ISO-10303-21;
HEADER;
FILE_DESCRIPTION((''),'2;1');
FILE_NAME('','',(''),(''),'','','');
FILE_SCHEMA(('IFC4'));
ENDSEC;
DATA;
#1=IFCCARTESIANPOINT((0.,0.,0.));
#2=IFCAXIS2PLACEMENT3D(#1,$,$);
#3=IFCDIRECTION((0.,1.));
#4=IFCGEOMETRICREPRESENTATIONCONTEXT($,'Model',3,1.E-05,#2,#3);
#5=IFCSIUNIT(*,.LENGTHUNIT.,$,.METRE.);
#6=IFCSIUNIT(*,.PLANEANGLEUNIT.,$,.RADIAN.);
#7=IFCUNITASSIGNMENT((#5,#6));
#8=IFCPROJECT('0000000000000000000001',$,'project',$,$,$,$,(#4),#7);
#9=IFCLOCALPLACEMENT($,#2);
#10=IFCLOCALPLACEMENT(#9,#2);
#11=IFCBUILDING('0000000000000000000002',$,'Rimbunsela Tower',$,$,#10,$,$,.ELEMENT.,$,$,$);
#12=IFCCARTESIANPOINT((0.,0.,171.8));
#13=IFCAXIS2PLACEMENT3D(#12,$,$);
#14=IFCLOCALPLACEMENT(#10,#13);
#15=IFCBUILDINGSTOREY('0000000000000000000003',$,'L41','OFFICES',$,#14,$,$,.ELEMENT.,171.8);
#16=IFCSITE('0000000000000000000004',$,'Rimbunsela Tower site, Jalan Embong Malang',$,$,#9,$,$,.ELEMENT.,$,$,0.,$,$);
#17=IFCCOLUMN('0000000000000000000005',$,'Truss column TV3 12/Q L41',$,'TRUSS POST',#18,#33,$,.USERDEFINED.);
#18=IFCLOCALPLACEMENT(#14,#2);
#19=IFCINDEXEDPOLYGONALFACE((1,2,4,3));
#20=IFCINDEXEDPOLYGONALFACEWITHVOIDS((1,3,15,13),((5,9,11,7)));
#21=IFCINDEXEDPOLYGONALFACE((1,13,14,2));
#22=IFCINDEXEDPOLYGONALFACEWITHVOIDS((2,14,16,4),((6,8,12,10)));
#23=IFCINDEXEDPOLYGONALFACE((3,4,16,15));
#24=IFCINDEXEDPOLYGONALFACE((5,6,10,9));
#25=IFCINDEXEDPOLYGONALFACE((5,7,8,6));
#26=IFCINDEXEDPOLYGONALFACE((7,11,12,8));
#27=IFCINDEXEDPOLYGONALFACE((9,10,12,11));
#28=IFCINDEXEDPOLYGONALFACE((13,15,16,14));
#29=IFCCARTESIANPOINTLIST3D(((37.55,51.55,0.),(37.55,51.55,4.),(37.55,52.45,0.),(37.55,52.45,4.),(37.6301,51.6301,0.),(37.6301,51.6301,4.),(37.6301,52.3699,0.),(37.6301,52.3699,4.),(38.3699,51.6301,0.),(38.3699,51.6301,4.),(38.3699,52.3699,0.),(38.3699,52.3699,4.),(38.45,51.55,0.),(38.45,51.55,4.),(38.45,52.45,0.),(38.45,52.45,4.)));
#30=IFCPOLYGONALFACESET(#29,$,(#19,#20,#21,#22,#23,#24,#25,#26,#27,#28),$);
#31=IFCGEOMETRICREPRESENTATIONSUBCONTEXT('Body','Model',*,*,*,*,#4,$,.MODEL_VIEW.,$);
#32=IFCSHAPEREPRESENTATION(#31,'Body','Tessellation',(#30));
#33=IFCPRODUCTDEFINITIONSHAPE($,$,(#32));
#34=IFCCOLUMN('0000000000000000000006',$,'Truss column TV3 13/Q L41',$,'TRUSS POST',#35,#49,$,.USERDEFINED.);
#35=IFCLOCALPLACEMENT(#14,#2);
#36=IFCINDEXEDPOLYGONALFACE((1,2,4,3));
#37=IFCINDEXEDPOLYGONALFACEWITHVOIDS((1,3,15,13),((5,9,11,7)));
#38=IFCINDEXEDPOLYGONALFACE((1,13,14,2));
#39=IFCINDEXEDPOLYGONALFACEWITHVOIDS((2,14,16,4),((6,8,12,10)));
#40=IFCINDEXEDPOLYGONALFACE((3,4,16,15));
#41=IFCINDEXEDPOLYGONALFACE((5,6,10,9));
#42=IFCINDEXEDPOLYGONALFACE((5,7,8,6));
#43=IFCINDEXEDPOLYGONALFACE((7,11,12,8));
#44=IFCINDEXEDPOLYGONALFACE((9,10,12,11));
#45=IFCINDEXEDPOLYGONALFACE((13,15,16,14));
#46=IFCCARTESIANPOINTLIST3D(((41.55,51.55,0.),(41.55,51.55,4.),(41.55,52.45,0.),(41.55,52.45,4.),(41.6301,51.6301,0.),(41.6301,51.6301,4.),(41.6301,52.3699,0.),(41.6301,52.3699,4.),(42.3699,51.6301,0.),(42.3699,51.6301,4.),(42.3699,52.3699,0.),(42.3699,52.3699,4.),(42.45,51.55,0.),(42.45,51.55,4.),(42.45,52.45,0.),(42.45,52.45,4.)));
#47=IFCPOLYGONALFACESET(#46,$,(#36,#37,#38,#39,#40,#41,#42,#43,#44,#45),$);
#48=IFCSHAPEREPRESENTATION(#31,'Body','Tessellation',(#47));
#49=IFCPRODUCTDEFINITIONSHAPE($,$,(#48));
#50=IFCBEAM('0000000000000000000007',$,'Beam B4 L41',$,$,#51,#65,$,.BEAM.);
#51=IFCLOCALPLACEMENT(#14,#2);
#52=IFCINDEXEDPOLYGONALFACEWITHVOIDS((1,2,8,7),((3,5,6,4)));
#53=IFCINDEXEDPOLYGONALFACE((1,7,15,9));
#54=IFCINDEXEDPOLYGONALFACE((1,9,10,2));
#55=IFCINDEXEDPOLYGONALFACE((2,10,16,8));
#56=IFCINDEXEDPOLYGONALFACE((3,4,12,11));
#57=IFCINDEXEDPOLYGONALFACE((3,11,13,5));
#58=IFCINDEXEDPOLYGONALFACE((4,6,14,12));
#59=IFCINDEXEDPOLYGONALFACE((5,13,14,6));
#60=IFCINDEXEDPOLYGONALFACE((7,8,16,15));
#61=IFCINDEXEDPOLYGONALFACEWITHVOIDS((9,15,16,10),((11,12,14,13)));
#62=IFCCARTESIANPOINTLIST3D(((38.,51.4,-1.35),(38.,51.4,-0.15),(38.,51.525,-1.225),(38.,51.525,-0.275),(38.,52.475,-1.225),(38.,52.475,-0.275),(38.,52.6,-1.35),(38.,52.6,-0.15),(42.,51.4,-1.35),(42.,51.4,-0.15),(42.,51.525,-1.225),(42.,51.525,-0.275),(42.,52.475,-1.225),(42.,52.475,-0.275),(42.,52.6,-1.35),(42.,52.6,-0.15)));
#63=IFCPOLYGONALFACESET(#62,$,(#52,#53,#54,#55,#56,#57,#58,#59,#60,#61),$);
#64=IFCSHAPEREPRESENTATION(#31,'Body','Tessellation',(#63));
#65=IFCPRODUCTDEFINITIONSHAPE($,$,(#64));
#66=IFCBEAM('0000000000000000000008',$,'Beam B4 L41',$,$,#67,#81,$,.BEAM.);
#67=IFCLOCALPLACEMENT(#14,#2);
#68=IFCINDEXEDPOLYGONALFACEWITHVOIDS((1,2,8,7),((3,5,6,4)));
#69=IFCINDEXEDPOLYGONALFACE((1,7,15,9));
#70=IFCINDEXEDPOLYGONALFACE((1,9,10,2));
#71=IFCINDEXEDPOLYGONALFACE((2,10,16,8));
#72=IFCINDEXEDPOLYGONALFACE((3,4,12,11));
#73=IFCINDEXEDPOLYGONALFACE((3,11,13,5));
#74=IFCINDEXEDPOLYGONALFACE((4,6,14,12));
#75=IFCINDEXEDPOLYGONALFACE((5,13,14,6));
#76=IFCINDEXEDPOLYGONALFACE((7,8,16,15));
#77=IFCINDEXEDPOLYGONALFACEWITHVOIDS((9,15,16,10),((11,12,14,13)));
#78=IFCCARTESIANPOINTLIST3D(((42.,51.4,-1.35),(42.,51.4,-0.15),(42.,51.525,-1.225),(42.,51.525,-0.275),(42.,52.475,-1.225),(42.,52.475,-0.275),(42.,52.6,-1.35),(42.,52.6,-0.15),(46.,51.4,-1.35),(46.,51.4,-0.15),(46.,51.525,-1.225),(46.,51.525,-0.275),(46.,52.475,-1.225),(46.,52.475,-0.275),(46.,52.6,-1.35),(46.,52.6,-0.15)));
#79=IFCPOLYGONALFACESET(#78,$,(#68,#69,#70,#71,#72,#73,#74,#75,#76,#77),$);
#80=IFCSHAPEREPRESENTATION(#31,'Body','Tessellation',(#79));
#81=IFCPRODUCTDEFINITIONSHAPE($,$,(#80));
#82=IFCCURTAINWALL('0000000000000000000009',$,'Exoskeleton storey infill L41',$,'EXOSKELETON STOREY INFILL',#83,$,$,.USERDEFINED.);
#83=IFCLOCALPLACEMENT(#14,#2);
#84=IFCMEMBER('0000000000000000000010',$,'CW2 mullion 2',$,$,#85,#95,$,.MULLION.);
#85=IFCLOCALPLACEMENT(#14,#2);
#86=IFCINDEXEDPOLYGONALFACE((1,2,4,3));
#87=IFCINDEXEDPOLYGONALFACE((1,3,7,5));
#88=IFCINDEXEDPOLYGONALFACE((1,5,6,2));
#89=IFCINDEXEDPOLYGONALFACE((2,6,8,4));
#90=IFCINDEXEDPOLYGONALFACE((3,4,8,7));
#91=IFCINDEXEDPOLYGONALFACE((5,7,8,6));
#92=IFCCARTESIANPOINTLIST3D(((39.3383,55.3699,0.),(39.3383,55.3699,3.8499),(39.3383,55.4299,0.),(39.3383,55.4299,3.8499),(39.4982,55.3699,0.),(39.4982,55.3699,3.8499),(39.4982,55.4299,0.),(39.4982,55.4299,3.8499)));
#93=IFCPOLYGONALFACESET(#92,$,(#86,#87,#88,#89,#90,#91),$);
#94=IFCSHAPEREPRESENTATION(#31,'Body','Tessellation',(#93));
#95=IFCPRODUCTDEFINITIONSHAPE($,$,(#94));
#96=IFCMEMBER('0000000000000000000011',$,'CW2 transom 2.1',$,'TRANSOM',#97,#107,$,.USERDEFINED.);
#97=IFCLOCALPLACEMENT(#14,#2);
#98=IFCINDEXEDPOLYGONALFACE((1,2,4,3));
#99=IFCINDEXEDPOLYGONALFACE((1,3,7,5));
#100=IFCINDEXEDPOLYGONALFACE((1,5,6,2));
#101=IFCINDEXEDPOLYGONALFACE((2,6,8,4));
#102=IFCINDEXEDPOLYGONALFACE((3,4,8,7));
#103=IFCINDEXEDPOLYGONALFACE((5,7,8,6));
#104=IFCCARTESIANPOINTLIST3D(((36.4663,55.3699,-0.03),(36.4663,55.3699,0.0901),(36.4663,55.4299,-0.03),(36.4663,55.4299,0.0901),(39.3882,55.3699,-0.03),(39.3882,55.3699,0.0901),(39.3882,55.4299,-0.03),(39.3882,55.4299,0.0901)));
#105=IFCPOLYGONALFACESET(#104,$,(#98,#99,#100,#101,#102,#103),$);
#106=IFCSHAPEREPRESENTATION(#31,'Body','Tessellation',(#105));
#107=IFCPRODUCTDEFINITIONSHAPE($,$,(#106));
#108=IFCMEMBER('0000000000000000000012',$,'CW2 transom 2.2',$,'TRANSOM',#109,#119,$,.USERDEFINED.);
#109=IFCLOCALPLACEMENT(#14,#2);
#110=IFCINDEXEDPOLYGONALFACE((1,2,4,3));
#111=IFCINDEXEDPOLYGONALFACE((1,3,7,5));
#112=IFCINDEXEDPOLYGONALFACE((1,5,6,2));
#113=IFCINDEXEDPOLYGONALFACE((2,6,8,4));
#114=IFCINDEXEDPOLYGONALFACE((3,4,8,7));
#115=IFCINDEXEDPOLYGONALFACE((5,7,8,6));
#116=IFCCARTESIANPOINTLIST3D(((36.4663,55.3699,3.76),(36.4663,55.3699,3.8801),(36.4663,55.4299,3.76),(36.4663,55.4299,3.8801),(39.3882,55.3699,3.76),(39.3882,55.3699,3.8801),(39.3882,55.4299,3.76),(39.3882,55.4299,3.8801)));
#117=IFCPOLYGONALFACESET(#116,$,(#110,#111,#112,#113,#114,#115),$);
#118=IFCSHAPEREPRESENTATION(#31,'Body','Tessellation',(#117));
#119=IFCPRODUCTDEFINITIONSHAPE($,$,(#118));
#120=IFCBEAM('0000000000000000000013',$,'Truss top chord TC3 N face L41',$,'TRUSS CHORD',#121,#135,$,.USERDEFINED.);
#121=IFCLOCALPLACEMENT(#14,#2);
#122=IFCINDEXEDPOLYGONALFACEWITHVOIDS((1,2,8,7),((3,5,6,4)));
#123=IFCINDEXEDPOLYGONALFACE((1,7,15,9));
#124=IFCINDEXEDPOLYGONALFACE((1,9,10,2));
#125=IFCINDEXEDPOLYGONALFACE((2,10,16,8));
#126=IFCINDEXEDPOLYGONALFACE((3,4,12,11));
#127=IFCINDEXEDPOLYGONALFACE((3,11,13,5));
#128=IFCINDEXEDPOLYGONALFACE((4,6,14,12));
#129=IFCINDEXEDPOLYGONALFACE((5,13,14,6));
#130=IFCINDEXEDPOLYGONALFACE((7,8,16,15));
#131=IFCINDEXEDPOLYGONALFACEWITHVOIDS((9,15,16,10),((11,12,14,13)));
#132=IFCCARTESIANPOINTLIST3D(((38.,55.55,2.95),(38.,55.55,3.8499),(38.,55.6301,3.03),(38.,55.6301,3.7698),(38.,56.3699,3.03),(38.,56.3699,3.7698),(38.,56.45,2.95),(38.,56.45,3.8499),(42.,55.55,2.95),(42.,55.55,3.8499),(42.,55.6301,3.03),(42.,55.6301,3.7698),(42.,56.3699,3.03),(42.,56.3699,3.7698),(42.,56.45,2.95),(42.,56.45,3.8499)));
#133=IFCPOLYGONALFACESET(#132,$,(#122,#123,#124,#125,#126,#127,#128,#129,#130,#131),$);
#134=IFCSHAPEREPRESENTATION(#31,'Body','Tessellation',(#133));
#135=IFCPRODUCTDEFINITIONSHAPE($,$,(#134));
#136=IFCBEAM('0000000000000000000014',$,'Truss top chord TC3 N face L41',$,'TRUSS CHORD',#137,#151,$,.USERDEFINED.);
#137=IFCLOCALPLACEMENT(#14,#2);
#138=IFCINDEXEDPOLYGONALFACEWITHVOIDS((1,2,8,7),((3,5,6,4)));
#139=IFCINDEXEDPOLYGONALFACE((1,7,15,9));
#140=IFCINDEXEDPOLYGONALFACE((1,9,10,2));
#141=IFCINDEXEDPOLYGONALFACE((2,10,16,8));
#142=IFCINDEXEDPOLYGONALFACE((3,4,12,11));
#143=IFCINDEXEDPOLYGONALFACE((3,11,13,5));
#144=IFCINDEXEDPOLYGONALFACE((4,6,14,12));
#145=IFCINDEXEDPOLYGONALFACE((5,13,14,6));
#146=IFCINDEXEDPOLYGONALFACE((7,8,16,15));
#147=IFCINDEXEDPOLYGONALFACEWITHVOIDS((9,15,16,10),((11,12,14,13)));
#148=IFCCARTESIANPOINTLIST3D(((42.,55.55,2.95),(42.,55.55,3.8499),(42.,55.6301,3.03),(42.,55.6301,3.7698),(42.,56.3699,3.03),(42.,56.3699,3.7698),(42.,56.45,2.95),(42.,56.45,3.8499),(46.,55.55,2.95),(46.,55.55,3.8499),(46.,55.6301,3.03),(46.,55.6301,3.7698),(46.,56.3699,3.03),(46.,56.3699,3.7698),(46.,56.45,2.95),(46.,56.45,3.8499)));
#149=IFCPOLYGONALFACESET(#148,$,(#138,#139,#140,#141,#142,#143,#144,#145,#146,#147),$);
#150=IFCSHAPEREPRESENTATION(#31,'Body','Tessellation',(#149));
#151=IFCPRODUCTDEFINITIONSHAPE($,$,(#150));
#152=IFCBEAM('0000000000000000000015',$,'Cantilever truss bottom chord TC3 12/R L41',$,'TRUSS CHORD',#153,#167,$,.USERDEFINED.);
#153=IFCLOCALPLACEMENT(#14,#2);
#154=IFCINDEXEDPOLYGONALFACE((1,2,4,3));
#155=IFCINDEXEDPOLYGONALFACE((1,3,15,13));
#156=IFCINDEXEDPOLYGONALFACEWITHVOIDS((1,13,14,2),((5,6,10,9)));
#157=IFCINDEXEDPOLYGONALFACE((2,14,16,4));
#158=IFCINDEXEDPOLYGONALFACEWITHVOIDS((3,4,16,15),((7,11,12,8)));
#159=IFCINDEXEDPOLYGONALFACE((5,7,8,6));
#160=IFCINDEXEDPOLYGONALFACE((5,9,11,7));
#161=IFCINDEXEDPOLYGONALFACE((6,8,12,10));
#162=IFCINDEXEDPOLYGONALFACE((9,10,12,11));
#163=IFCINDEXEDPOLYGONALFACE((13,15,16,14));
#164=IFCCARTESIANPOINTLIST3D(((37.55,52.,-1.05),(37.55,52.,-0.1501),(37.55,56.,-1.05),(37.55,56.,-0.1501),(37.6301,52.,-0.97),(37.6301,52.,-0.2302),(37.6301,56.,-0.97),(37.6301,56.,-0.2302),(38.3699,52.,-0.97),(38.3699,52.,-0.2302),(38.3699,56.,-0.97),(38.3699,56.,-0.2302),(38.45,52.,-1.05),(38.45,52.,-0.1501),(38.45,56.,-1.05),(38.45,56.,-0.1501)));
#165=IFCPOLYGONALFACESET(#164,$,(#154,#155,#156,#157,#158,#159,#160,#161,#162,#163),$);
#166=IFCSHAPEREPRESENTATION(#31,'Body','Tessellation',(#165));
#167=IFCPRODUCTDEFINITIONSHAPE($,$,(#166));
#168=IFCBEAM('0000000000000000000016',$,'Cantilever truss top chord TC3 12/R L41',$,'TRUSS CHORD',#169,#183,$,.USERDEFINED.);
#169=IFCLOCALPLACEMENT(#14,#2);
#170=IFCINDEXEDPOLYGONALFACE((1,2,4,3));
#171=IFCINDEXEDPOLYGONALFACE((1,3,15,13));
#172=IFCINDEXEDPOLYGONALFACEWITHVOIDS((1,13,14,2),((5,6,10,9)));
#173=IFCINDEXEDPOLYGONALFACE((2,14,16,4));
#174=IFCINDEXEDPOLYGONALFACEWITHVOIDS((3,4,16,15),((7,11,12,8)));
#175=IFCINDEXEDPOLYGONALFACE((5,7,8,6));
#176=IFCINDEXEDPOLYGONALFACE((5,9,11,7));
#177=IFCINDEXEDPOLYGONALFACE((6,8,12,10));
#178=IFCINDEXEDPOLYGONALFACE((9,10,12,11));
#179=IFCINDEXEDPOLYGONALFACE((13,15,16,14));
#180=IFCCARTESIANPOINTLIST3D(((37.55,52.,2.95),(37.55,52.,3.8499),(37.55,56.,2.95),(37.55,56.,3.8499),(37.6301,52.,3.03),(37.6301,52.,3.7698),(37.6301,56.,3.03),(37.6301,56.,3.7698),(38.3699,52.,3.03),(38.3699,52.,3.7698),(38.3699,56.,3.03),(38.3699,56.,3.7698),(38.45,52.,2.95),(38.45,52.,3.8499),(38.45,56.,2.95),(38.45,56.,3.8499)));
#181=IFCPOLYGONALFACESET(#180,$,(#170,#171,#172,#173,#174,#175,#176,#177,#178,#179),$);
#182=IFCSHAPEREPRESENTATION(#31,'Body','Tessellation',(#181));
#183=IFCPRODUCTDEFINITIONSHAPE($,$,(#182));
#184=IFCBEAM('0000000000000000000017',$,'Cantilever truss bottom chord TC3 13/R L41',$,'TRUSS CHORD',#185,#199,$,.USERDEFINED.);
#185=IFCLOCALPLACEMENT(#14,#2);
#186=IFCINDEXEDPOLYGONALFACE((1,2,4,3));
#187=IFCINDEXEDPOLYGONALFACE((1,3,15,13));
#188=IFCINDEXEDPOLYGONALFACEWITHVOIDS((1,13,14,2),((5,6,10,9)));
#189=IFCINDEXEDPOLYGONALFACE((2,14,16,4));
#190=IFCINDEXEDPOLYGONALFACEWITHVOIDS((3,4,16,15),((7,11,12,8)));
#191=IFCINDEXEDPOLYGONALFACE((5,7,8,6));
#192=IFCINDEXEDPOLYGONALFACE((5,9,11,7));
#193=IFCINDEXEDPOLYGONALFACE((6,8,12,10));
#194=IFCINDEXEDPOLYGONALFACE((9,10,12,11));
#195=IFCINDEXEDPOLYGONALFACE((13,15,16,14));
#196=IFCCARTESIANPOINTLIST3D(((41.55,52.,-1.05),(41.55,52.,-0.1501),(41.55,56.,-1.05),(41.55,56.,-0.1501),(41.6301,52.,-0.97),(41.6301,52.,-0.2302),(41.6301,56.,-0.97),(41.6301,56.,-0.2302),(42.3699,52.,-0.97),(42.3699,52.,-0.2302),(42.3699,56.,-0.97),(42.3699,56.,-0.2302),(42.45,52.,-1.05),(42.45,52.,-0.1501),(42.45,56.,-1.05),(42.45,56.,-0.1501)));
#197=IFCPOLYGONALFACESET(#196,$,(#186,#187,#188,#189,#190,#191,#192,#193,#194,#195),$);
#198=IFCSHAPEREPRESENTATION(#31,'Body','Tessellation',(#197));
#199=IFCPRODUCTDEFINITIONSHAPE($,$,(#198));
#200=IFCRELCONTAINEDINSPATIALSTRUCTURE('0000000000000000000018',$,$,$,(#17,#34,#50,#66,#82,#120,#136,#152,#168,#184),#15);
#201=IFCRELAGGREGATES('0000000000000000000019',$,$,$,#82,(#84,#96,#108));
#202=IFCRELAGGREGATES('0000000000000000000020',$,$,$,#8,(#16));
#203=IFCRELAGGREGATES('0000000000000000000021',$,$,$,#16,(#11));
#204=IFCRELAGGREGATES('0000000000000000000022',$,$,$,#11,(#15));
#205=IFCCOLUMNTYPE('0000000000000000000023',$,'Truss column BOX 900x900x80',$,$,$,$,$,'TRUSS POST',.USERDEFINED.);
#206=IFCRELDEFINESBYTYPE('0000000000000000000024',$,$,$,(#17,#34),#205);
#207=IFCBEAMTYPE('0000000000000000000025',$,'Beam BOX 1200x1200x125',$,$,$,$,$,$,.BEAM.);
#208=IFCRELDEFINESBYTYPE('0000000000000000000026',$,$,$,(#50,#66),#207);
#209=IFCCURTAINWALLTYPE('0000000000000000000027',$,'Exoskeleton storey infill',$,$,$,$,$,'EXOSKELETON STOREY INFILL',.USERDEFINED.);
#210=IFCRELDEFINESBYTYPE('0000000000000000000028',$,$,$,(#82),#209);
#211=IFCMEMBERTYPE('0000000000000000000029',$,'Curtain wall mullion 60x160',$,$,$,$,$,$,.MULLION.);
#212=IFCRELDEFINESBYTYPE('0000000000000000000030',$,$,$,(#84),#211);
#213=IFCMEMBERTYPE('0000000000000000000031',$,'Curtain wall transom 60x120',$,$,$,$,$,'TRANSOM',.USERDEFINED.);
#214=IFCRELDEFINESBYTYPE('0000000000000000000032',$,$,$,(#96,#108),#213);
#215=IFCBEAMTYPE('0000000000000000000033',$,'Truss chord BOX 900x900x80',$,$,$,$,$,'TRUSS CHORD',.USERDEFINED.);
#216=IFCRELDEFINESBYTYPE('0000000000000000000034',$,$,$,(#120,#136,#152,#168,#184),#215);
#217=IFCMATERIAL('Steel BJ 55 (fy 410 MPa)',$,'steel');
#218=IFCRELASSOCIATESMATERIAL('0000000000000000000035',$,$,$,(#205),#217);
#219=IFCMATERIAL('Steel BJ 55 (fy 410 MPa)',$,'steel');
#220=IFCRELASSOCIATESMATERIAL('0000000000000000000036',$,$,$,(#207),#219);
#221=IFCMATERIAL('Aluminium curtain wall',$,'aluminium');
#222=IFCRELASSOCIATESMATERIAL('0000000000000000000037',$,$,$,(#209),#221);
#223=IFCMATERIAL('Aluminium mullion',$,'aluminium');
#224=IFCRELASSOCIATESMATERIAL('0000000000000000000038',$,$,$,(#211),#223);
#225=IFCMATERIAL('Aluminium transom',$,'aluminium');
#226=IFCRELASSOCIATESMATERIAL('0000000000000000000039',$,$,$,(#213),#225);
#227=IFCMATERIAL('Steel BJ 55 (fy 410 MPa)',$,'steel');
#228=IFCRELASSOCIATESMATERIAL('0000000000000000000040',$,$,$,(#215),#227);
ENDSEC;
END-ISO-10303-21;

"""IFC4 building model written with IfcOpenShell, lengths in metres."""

from ifc_helpers import new_model, si_unit, direction, frame, origin, origin_2d, place, context, subcontext, project, spatial, rectangle, hollow_rectangle, extrude, material, material_profile, profile_set, type_object, element, aggregate, save


model = new_model("IFC4")

# Units and contexts
model_context = context("Model", 3, precision=1e-05, world=origin(), true_north=direction((0.0, 1.0)))
body_context = subcontext(model_context, "Body", "Model", "MODEL_VIEW")
ifc_project = project(units=[si_unit("LENGTHUNIT", "METRE"), si_unit("PLANEANGLEUNIT", "RADIAN")], contexts=[model_context])

# Site, building, storey
site_placement = place(None, origin())
site = spatial("IfcSite", under=ifc_project, at=site_placement, Name="Rimbunsela Tower site, Jalan Embong Malang", CompositionType="ELEMENT", RefElevation=0.0)
building_placement = place(site_placement, origin())
building = spatial("IfcBuilding", under=site, at=building_placement, Name="Rimbunsela Tower", CompositionType="ELEMENT")
storey_placement = place(building_placement, frame((0.0, 0.0, 171.8)))
storey = spatial("IfcBuildingStorey", under=building, at=storey_placement, Name="L41", Description="OFFICES", CompositionType="ELEMENT", Elevation=171.8)

# Columns
ifc_material_1 = material(Name="Steel BJ 55 (fy 410 MPa)", Category="steel")
ifc_material_profile_1 = material_profile(ifc_material_1, hollow_rectangle(XDim=0.8999, YDim=0.8999, WallThickness=0.0801, at=origin_2d()), Name="BOX 900x900x80")
ifc_profile_set_1 = profile_set([ifc_material_profile_1], Name="Steel BJ 55 (fy 410 MPa)")
column_type = type_object("IfcColumnType", Name="Truss column BOX 900x900x80", ElementType="TRUSS POST", PredefinedType="USERDEFINED", material=ifc_profile_set_1)
for number, where, z_axis, x_axis, name in (
    (1, (38.0, 52.0, 0.0), (0.0, 0.0, 1.0), (1.0, 0.0, 0.0), "Truss column TV3 12/Q L41"),
    (2, (42.0, 52.0, 0.0), (0.0, 0.0, 1.0), (1.0, 0.0, 0.0), "Truss column TV3 13/Q L41"),
):
    element("IfcColumn", number, at=place(storey_placement, frame(where, z_axis=z_axis, x_axis=x_axis)), inside=storey, type_object=column_type, Name=name, ObjectType="TRUSS POST", PredefinedType="USERDEFINED", context=body_context, shape_type="SweptSolid", body=[
        extrude(hollow_rectangle(XDim=0.8999, YDim=0.8999, WallThickness=0.0801, at=origin_2d()), origin(), (0.0, 0.0, 1.0), 4.0),
    ])

# Beams
ifc_material_2 = material(Name="Steel BJ 55 (fy 410 MPa)", Category="steel")
ifc_material_profile_2 = material_profile(ifc_material_2, hollow_rectangle(XDim=1.2, YDim=1.2, WallThickness=0.125, at=origin_2d()), Name="BOX 1200x1200x125")
ifc_profile_set_2 = profile_set([ifc_material_profile_2], Name="Steel BJ 55 (fy 410 MPa)")
beam_type_1 = type_object("IfcBeamType", Name="Beam BOX 1200x1200x125", PredefinedType="BEAM", material=ifc_profile_set_2)
for number, where, z_axis, x_axis, name in (
    (3, (38.0, 52.0, -0.75), (1.0, 0.0, 0.0), (0.0, 1.0, 0.0), "Beam B4 L41"),
    (4, (42.0, 52.0, -0.75), (1.0, 0.0, 0.0), (0.0, 1.0, 0.0), "Beam B4 L41"),
):
    element("IfcBeam", number, at=place(storey_placement, frame(where, z_axis=z_axis, x_axis=x_axis)), inside=storey, type_object=beam_type_1, Name=name, PredefinedType="BEAM", context=body_context, shape_type="SweptSolid", body=[
        extrude(hollow_rectangle(XDim=1.2, YDim=1.2, WallThickness=0.125, at=origin_2d()), origin(), (0.0, 0.0, 1.0), 4.0),
    ])

# Curtain wall, members
ifc_material_3 = material(Name="Aluminium curtain wall", Category="aluminium")
curtain_wall_type = type_object("IfcCurtainWallType", Name="Exoskeleton storey infill", ElementType="EXOSKELETON STOREY INFILL", PredefinedType="USERDEFINED", material=ifc_material_3)
curtain_wall_placement = place(storey_placement, origin())
curtain_wall = element("IfcCurtainWall", 5, at=curtain_wall_placement, inside=storey, type_object=curtain_wall_type, Name="Exoskeleton storey infill L41", ObjectType="EXOSKELETON STOREY INFILL", PredefinedType="USERDEFINED")
ifc_material_4 = material(Name="Aluminium mullion", Category="aluminium")
ifc_material_profile_3 = material_profile(ifc_material_4, rectangle(XDim=0.0601, YDim=0.1599, at=origin_2d()), Name="Mullion 60x160")
ifc_profile_set_3 = profile_set([ifc_material_profile_3], Name="Aluminium mullion")
member_type_1 = type_object("IfcMemberType", Name="Curtain wall mullion 60x160", PredefinedType="MULLION", material=ifc_profile_set_3)
member_1_placement = place(storey_placement, frame((39.4182, 55.3999, 0.0), z_axis=(0.0, 0.0, 1.0), x_axis=(0.0, -1.0, 0.0)))
member_1 = element("IfcMember", 6, at=member_1_placement, type_object=member_type_1, Name="CW2 mullion 2", PredefinedType="MULLION", context=body_context, shape_type="SweptSolid", body=[
    extrude(rectangle(XDim=0.0601, YDim=0.1599, at=origin_2d()), origin(), (0.0, 0.0, 1.0), 3.8499),
])
ifc_material_5 = material(Name="Aluminium transom", Category="aluminium")
ifc_material_profile_4 = material_profile(ifc_material_5, rectangle(XDim=0.0601, YDim=0.1201, at=origin_2d()), Name="Transom 60x120")
ifc_profile_set_4 = profile_set([ifc_material_profile_4], Name="Aluminium transom")
member_type_2 = type_object("IfcMemberType", Name="Curtain wall transom 60x120", ElementType="TRANSOM", PredefinedType="USERDEFINED", material=ifc_profile_set_4)
member_2_placement = place(storey_placement, frame((39.3882, 55.3999, 0.03), z_axis=(-1.0, 0.0, 0.0), x_axis=(0.0, -1.0, 0.0)))
member_2 = element("IfcMember", 7, at=member_2_placement, type_object=member_type_2, Name="CW2 transom 2.1", ObjectType="TRANSOM", PredefinedType="USERDEFINED", context=body_context, shape_type="SweptSolid", body=[
    extrude(rectangle(XDim=0.0601, YDim=0.1201, at=origin_2d()), origin(), (0.0, 0.0, 1.0), 2.9219),
])
member_3_placement = place(storey_placement, frame((39.3882, 55.3999, 3.8201), z_axis=(-1.0, 0.0, 0.0), x_axis=(0.0, -1.0, 0.0)))
member_3 = element("IfcMember", 8, at=member_3_placement, type_object=member_type_2, Name="CW2 transom 2.2", ObjectType="TRANSOM", PredefinedType="USERDEFINED", context=body_context, shape_type="SweptSolid", body=[
    extrude(rectangle(XDim=0.0601, YDim=0.1201, at=origin_2d()), origin(), (0.0, 0.0, 1.0), 2.9219),
])

# Beams
ifc_material_6 = material(Name="Steel BJ 55 (fy 410 MPa)", Category="steel")
ifc_material_profile_5 = material_profile(ifc_material_6, hollow_rectangle(XDim=0.8999, YDim=0.8999, WallThickness=0.0801, at=origin_2d()), Name="BOX 900x900x80")
ifc_profile_set_5 = profile_set([ifc_material_profile_5], Name="Steel BJ 55 (fy 410 MPa)")
beam_type_2 = type_object("IfcBeamType", Name="Truss chord BOX 900x900x80", ElementType="TRUSS CHORD", PredefinedType="USERDEFINED", material=ifc_profile_set_5)
for number, where, z_axis, x_axis, name in (
    (9, (38.0, 56.0, 3.3999), (1.0, 0.0, 0.0), (0.0, 1.0, 0.0), "Truss top chord TC3 N face L41"),
    (10, (42.0, 56.0, 3.3999), (1.0, 0.0, 0.0), (0.0, 1.0, 0.0), "Truss top chord TC3 N face L41"),
    (11, (38.0, 52.0, -0.6001), (0.0, 1.0, 0.0), (-1.0, 0.0, 0.0), "Cantilever truss bottom chord TC3 12/R L41"),
    (12, (38.0, 52.0, 3.3999), (0.0, 1.0, 0.0), (-1.0, 0.0, 0.0), "Cantilever truss top chord TC3 12/R L41"),
    (13, (42.0, 52.0, -0.6001), (0.0, 1.0, 0.0), (-1.0, 0.0, 0.0), "Cantilever truss bottom chord TC3 13/R L41"),
):
    element("IfcBeam", number, at=place(storey_placement, frame(where, z_axis=z_axis, x_axis=x_axis)), inside=storey, type_object=beam_type_2, Name=name, ObjectType="TRUSS CHORD", PredefinedType="USERDEFINED", context=body_context, shape_type="SweptSolid", body=[
        extrude(hollow_rectangle(XDim=0.8999, YDim=0.8999, WallThickness=0.0801, at=origin_2d()), origin(), (0.0, 0.0, 1.0), 4.0),
    ])

aggregate(curtain_wall, [member_1, member_2, member_3])

save(model, "model.ifc")
